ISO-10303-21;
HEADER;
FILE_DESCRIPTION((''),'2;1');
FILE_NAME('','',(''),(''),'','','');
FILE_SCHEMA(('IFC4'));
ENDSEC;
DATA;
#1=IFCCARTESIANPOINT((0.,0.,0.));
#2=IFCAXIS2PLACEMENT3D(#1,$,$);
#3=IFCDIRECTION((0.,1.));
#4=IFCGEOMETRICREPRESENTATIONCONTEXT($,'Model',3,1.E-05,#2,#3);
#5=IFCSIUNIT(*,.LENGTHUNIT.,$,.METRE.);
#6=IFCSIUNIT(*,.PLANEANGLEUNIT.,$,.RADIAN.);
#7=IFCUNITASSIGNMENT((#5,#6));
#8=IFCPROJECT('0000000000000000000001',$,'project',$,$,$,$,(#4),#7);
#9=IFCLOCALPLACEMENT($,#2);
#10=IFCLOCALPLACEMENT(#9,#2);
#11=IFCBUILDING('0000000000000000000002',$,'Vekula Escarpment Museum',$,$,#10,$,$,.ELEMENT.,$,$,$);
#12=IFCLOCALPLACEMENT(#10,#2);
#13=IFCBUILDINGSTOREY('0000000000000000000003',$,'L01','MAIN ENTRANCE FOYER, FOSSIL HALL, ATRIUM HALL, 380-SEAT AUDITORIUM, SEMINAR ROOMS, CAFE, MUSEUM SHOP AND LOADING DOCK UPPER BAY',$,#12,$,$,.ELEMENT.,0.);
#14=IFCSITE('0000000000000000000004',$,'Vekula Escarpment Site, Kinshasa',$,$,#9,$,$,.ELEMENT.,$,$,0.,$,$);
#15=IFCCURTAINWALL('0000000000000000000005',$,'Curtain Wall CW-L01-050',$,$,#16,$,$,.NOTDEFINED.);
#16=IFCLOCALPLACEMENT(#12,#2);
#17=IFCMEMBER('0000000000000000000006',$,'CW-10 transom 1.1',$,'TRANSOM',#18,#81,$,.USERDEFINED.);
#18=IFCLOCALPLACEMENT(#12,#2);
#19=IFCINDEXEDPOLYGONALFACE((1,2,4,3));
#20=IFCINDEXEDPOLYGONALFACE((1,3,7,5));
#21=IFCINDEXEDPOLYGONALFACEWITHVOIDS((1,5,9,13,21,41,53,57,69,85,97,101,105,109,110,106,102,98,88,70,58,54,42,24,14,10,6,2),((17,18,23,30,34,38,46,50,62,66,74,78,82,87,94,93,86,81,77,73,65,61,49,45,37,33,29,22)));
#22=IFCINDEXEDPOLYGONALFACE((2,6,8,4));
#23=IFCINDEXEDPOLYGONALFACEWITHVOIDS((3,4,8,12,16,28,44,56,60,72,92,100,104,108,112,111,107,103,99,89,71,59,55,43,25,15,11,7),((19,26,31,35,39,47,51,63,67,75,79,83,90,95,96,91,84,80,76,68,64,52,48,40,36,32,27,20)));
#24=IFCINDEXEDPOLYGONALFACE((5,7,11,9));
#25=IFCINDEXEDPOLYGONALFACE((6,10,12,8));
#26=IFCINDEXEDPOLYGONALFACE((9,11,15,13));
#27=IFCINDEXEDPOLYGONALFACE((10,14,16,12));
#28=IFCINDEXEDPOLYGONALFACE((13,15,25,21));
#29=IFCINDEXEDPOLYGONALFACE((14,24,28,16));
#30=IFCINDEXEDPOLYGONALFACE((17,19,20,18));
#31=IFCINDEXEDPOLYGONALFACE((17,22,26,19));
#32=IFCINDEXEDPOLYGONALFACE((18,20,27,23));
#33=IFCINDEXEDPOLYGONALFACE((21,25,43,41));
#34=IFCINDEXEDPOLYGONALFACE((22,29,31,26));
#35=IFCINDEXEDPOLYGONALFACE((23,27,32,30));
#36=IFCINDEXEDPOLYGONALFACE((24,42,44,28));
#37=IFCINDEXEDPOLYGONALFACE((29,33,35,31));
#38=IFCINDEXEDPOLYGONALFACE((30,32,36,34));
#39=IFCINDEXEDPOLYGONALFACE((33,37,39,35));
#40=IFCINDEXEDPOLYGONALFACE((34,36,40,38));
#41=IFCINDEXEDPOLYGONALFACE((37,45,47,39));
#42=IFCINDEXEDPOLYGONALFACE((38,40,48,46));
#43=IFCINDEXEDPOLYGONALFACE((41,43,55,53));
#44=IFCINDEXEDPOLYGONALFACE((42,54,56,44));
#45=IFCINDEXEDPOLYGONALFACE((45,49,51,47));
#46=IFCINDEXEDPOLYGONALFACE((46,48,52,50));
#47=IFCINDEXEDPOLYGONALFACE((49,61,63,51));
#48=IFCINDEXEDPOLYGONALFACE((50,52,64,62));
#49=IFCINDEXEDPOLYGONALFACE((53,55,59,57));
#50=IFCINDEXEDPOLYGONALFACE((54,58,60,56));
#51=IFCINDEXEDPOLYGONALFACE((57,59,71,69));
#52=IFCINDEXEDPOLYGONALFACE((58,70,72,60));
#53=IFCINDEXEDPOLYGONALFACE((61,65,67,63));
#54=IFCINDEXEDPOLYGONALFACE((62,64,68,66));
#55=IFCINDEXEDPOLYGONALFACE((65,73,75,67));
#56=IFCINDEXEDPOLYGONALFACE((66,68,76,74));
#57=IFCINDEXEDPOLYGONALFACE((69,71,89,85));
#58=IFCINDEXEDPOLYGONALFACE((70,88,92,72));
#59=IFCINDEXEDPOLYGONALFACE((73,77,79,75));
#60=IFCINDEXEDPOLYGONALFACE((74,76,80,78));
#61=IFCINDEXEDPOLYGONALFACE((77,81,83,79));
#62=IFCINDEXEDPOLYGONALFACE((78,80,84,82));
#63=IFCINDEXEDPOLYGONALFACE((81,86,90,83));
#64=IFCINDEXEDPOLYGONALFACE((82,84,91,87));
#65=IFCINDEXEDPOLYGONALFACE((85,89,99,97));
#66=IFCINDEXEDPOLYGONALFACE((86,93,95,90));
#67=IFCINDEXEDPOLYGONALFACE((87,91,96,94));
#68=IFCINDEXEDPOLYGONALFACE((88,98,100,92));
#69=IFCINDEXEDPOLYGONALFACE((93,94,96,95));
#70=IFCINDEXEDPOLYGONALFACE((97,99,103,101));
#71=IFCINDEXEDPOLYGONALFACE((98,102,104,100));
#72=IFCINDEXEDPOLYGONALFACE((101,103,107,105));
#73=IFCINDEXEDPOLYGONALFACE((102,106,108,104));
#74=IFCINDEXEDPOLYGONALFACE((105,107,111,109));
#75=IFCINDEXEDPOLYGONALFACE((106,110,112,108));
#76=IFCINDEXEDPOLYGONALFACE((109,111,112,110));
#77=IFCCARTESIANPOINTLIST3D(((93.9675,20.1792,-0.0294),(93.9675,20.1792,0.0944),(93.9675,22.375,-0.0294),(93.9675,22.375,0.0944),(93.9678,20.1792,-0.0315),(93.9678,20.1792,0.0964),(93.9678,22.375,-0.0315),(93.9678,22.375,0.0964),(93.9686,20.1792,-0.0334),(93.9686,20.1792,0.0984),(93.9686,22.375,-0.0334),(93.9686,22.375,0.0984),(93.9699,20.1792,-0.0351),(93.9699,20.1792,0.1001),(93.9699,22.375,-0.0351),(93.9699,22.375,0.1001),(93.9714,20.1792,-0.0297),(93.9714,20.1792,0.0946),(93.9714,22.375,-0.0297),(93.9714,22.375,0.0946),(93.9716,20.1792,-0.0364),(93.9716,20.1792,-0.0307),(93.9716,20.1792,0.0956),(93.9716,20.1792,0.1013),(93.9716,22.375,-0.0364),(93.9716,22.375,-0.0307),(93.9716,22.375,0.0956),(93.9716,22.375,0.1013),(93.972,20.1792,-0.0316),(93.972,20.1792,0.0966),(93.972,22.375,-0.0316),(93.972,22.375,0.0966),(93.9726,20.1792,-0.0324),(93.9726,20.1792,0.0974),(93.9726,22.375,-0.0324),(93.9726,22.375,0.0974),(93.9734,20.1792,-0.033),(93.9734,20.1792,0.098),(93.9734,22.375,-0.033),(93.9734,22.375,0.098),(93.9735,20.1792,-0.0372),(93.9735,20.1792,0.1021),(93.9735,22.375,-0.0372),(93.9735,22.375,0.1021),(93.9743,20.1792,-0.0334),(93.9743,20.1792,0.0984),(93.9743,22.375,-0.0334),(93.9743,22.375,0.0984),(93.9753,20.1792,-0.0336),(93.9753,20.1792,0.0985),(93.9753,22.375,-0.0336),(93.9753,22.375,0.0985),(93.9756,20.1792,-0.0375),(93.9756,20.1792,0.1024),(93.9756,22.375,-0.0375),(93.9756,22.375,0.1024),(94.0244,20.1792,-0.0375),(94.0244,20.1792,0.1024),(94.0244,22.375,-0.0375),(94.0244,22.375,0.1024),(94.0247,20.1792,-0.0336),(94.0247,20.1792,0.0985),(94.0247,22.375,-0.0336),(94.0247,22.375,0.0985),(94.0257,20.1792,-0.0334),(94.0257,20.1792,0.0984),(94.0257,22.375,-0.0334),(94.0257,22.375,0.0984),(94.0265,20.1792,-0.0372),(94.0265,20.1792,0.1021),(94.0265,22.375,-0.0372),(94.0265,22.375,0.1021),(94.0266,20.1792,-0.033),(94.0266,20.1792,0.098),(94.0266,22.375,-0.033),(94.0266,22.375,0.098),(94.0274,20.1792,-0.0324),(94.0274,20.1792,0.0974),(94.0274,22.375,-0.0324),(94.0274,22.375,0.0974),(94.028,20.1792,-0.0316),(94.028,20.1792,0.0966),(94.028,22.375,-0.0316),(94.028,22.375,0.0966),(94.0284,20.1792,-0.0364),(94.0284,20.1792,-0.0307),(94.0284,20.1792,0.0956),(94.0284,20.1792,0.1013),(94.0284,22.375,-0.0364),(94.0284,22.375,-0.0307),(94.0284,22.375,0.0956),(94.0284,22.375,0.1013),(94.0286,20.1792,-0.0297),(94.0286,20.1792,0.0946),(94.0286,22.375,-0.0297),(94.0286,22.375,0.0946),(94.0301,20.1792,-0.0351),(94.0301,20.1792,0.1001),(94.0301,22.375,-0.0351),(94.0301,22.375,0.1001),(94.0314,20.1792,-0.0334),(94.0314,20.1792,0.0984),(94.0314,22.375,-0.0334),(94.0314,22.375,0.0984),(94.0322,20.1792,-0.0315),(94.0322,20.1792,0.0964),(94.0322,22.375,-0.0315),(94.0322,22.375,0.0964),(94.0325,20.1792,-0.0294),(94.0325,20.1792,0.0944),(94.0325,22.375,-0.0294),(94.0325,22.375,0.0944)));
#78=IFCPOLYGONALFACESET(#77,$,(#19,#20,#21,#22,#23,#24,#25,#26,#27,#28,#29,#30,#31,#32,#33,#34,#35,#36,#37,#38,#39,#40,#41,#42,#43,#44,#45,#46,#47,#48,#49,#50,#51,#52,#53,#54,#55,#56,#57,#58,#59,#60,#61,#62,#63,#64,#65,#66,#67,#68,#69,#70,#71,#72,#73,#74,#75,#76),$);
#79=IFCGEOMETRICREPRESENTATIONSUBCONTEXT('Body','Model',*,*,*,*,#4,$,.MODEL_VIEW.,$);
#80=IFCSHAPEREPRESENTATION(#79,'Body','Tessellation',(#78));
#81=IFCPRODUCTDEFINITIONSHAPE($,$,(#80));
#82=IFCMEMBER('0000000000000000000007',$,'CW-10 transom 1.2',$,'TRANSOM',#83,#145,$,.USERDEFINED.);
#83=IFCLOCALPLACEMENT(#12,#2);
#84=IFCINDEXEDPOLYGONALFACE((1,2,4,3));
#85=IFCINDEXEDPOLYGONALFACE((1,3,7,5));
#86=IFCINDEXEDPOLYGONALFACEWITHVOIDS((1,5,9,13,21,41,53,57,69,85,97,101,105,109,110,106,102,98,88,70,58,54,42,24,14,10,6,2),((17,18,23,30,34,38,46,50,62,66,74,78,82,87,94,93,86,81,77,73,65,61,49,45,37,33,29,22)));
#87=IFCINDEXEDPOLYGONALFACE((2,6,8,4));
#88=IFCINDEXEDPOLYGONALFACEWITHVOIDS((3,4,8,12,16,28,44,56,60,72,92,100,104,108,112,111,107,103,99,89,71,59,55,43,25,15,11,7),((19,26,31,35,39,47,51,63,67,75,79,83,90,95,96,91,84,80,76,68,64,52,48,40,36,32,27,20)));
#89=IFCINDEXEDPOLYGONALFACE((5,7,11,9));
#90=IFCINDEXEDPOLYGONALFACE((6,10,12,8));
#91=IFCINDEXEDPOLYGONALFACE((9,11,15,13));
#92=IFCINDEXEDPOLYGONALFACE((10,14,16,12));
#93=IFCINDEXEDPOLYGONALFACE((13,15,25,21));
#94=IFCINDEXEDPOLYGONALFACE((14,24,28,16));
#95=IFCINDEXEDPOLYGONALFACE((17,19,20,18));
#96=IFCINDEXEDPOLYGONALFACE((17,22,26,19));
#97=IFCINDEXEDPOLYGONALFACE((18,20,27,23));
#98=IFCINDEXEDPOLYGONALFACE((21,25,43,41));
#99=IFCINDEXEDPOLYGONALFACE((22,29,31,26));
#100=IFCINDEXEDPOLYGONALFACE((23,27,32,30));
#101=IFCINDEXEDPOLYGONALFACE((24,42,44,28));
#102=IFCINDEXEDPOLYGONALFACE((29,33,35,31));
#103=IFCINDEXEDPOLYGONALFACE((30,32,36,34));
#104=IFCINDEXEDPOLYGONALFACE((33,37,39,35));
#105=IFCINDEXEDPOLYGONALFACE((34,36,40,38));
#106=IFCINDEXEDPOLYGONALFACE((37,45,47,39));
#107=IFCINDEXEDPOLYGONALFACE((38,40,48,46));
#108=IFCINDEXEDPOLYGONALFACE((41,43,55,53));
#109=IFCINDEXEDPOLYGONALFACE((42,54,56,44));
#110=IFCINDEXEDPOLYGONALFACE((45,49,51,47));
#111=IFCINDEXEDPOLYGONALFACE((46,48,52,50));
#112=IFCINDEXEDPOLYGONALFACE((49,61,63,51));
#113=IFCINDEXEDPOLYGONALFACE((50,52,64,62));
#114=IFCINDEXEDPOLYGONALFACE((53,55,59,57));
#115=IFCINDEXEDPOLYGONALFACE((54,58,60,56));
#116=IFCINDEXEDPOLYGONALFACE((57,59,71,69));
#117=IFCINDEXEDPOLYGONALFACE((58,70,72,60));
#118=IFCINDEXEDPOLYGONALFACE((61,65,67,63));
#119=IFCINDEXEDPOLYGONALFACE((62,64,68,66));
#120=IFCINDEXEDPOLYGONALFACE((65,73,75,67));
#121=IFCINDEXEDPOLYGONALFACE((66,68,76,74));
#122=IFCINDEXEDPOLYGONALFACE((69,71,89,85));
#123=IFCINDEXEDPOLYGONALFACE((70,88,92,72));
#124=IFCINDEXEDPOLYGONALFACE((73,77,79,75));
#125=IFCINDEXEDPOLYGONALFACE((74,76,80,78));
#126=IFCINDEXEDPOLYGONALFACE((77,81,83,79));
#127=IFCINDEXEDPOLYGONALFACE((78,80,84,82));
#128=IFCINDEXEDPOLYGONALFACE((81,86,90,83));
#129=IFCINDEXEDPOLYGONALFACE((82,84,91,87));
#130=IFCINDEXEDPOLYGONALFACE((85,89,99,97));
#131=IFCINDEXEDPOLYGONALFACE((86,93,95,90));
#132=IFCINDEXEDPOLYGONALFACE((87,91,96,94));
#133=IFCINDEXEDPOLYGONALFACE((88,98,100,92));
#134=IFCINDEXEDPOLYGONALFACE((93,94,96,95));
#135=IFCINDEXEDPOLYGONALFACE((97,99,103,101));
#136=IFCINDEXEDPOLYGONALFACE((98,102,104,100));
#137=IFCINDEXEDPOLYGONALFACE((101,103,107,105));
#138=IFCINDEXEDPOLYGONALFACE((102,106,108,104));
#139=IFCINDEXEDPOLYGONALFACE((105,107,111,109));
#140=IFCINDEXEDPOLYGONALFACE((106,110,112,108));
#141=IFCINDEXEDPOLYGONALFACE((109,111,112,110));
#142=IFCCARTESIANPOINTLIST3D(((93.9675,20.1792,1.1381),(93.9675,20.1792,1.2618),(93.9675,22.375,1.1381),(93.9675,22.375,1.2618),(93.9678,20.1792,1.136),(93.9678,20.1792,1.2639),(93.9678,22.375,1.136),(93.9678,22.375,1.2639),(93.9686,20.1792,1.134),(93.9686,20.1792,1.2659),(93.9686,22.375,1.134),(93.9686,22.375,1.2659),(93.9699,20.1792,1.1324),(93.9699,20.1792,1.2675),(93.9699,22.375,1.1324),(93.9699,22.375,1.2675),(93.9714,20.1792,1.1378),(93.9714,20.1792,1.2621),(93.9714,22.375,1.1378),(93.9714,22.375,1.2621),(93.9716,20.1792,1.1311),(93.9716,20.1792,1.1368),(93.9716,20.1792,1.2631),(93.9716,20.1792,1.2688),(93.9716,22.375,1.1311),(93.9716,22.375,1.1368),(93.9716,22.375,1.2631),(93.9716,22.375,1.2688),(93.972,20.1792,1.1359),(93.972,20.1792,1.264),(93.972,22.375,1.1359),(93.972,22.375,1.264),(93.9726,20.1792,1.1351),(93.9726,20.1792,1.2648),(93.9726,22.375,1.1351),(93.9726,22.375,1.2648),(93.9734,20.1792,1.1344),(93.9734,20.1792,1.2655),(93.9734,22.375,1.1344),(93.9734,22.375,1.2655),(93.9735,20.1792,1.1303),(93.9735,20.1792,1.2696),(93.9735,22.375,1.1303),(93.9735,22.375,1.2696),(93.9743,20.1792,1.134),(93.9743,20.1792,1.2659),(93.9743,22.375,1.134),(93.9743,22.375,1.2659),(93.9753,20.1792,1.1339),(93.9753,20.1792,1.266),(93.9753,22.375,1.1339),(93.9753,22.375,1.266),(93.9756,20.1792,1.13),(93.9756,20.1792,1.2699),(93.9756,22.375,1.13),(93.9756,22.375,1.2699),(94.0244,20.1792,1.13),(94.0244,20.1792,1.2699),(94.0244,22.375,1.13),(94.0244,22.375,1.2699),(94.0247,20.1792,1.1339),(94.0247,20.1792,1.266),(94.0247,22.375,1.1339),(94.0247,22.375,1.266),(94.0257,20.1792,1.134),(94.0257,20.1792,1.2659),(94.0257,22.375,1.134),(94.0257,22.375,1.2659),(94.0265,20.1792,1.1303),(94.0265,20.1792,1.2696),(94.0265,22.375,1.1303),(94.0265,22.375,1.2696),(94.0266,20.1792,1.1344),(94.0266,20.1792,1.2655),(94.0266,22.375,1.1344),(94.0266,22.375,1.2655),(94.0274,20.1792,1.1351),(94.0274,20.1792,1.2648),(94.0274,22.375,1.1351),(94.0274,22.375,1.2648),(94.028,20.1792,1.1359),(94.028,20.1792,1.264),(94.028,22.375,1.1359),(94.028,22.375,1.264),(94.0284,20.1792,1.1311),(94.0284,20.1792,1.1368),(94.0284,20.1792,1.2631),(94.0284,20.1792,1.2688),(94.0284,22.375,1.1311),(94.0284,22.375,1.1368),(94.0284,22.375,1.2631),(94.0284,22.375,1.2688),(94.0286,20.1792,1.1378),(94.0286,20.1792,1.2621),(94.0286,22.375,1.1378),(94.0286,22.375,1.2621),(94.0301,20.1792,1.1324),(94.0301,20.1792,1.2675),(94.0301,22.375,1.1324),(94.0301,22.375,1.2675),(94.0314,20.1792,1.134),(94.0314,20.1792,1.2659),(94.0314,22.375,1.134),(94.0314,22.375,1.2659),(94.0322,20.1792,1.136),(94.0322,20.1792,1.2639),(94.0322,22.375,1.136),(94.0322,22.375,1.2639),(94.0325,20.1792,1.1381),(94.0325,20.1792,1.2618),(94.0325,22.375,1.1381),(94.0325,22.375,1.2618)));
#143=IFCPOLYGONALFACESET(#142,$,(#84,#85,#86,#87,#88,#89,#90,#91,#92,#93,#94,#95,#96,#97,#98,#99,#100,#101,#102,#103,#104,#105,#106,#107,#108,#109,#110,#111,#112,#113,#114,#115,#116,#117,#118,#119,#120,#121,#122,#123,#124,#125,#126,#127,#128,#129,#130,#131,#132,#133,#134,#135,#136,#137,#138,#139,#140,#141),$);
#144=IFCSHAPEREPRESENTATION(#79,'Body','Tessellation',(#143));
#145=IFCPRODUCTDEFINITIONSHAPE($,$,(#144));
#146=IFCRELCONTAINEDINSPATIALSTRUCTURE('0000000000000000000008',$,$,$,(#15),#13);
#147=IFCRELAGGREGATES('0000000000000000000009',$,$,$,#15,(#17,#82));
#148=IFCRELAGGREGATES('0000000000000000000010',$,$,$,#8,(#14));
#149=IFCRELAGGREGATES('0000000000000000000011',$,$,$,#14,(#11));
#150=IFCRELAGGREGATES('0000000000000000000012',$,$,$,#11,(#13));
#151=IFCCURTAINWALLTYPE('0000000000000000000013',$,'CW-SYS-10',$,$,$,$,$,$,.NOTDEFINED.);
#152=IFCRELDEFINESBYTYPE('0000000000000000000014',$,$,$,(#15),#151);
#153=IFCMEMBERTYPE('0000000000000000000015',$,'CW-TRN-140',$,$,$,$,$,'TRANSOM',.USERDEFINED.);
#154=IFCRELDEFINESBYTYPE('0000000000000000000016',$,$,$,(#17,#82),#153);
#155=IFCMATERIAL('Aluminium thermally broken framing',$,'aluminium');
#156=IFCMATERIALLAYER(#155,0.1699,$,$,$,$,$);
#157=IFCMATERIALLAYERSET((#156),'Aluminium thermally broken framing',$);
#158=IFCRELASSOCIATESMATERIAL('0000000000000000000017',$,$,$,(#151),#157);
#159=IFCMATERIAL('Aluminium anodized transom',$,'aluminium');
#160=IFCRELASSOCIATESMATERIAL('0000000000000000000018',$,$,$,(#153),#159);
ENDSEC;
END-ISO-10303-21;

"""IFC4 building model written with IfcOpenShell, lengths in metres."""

from ifc_helpers import new_model, si_unit, direction, frame, origin, origin_2d, place, context, subcontext, project, spatial, hollow_rectangle, extrude, material, layer, layer_set, material_profile, profile_set, type_object, element, aggregate, save


model = new_model("IFC4")

# Units and contexts
model_context = context("Model", 3, precision=1e-05, world=origin(), true_north=direction((0.0, 1.0)))
body_context = subcontext(model_context, "Body", "Model", "MODEL_VIEW")
ifc_project = project(units=[si_unit("LENGTHUNIT", "METRE"), si_unit("PLANEANGLEUNIT", "RADIAN")], contexts=[model_context])

# Site, building, storey
site_placement = place(None, origin())
site = spatial("IfcSite", under=ifc_project, at=site_placement, Name="Vekula Escarpment Site, Kinshasa", CompositionType="ELEMENT", RefElevation=0.0)
building_placement = place(site_placement, origin())
building = spatial("IfcBuilding", under=site, at=building_placement, Name="Vekula Escarpment Museum", CompositionType="ELEMENT")
storey_placement = place(building_placement, origin())
storey = spatial("IfcBuildingStorey", under=building, at=storey_placement, Name="L01", Description="MAIN ENTRANCE FOYER, FOSSIL HALL, ATRIUM HALL, 380-SEAT AUDITORIUM, SEMINAR ROOMS, CAFE, MUSEUM SHOP AND LOADING DOCK UPPER BAY", CompositionType="ELEMENT", Elevation=0.0)

# Curtain wall, members
ifc_material_1 = material(Name="Aluminium thermally broken framing", Category="aluminium")
ifc_layer_1 = layer(ifc_material_1, 0.1699)
ifc_layer_set_1 = layer_set([ifc_layer_1], Name="Aluminium thermally broken framing")
curtain_wall_type = type_object("IfcCurtainWallType", Name="CW-SYS-10", PredefinedType="NOTDEFINED", material=ifc_layer_set_1)
curtain_wall_placement = place(storey_placement, origin())
curtain_wall = element("IfcCurtainWall", 1, at=curtain_wall_placement, inside=storey, type_object=curtain_wall_type, Name="Curtain Wall CW-L01-050", PredefinedType="NOTDEFINED")
ifc_material_2 = material(Name="Aluminium anodized transom", Category="aluminium")
ifc_material_profile_1 = material_profile(ifc_material_2, hollow_rectangle(XDim=0.0649, YDim=0.1399, WallThickness=0.0039, InnerFilletRadius=0.0039, OuterFilletRadius=0.0081, at=origin_2d()), Name="ALU 140x65x4")
ifc_profile_set_1 = profile_set([ifc_material_profile_1], Name="Aluminium anodized transom")
member_type_1 = type_object("IfcMemberType", Name="CW-TRN-140", ElementType="TRANSOM", PredefinedType="USERDEFINED", material=ifc_profile_set_1)
member_1_placement = place(storey_placement, frame((94.0, 22.375, 0.0325), z_axis=(0.0, -1.0, 0.0), x_axis=(1.0, 0.0, 0.0)))
member_1 = element("IfcMember", 2, at=member_1_placement, type_object=member_type_1, Name="CW-10 transom 1.1", ObjectType="TRANSOM", PredefinedType="USERDEFINED", context=body_context, shape_type="SweptSolid", body=[
    extrude(hollow_rectangle(XDim=0.0649, YDim=0.1399, WallThickness=0.0039, InnerFilletRadius=0.0039, OuterFilletRadius=0.0081, at=origin_2d()), origin(), (0.0, 0.0, 1.0), 2.1958),
])
member_2_placement = place(storey_placement, frame((94.0, 22.375, 1.2), z_axis=(0.0, -1.0, 0.0), x_axis=(1.0, 0.0, 0.0)))
member_2 = element("IfcMember", 3, at=member_2_placement, type_object=member_type_1, Name="CW-10 transom 1.2", ObjectType="TRANSOM", PredefinedType="USERDEFINED", context=body_context, shape_type="SweptSolid", body=[
    extrude(hollow_rectangle(XDim=0.0649, YDim=0.1399, WallThickness=0.0039, InnerFilletRadius=0.0039, OuterFilletRadius=0.0081, at=origin_2d()), origin(), (0.0, 0.0, 1.0), 2.1958),
])

aggregate(curtain_wall, [member_1, member_2])

save(model, "model.ifc")
